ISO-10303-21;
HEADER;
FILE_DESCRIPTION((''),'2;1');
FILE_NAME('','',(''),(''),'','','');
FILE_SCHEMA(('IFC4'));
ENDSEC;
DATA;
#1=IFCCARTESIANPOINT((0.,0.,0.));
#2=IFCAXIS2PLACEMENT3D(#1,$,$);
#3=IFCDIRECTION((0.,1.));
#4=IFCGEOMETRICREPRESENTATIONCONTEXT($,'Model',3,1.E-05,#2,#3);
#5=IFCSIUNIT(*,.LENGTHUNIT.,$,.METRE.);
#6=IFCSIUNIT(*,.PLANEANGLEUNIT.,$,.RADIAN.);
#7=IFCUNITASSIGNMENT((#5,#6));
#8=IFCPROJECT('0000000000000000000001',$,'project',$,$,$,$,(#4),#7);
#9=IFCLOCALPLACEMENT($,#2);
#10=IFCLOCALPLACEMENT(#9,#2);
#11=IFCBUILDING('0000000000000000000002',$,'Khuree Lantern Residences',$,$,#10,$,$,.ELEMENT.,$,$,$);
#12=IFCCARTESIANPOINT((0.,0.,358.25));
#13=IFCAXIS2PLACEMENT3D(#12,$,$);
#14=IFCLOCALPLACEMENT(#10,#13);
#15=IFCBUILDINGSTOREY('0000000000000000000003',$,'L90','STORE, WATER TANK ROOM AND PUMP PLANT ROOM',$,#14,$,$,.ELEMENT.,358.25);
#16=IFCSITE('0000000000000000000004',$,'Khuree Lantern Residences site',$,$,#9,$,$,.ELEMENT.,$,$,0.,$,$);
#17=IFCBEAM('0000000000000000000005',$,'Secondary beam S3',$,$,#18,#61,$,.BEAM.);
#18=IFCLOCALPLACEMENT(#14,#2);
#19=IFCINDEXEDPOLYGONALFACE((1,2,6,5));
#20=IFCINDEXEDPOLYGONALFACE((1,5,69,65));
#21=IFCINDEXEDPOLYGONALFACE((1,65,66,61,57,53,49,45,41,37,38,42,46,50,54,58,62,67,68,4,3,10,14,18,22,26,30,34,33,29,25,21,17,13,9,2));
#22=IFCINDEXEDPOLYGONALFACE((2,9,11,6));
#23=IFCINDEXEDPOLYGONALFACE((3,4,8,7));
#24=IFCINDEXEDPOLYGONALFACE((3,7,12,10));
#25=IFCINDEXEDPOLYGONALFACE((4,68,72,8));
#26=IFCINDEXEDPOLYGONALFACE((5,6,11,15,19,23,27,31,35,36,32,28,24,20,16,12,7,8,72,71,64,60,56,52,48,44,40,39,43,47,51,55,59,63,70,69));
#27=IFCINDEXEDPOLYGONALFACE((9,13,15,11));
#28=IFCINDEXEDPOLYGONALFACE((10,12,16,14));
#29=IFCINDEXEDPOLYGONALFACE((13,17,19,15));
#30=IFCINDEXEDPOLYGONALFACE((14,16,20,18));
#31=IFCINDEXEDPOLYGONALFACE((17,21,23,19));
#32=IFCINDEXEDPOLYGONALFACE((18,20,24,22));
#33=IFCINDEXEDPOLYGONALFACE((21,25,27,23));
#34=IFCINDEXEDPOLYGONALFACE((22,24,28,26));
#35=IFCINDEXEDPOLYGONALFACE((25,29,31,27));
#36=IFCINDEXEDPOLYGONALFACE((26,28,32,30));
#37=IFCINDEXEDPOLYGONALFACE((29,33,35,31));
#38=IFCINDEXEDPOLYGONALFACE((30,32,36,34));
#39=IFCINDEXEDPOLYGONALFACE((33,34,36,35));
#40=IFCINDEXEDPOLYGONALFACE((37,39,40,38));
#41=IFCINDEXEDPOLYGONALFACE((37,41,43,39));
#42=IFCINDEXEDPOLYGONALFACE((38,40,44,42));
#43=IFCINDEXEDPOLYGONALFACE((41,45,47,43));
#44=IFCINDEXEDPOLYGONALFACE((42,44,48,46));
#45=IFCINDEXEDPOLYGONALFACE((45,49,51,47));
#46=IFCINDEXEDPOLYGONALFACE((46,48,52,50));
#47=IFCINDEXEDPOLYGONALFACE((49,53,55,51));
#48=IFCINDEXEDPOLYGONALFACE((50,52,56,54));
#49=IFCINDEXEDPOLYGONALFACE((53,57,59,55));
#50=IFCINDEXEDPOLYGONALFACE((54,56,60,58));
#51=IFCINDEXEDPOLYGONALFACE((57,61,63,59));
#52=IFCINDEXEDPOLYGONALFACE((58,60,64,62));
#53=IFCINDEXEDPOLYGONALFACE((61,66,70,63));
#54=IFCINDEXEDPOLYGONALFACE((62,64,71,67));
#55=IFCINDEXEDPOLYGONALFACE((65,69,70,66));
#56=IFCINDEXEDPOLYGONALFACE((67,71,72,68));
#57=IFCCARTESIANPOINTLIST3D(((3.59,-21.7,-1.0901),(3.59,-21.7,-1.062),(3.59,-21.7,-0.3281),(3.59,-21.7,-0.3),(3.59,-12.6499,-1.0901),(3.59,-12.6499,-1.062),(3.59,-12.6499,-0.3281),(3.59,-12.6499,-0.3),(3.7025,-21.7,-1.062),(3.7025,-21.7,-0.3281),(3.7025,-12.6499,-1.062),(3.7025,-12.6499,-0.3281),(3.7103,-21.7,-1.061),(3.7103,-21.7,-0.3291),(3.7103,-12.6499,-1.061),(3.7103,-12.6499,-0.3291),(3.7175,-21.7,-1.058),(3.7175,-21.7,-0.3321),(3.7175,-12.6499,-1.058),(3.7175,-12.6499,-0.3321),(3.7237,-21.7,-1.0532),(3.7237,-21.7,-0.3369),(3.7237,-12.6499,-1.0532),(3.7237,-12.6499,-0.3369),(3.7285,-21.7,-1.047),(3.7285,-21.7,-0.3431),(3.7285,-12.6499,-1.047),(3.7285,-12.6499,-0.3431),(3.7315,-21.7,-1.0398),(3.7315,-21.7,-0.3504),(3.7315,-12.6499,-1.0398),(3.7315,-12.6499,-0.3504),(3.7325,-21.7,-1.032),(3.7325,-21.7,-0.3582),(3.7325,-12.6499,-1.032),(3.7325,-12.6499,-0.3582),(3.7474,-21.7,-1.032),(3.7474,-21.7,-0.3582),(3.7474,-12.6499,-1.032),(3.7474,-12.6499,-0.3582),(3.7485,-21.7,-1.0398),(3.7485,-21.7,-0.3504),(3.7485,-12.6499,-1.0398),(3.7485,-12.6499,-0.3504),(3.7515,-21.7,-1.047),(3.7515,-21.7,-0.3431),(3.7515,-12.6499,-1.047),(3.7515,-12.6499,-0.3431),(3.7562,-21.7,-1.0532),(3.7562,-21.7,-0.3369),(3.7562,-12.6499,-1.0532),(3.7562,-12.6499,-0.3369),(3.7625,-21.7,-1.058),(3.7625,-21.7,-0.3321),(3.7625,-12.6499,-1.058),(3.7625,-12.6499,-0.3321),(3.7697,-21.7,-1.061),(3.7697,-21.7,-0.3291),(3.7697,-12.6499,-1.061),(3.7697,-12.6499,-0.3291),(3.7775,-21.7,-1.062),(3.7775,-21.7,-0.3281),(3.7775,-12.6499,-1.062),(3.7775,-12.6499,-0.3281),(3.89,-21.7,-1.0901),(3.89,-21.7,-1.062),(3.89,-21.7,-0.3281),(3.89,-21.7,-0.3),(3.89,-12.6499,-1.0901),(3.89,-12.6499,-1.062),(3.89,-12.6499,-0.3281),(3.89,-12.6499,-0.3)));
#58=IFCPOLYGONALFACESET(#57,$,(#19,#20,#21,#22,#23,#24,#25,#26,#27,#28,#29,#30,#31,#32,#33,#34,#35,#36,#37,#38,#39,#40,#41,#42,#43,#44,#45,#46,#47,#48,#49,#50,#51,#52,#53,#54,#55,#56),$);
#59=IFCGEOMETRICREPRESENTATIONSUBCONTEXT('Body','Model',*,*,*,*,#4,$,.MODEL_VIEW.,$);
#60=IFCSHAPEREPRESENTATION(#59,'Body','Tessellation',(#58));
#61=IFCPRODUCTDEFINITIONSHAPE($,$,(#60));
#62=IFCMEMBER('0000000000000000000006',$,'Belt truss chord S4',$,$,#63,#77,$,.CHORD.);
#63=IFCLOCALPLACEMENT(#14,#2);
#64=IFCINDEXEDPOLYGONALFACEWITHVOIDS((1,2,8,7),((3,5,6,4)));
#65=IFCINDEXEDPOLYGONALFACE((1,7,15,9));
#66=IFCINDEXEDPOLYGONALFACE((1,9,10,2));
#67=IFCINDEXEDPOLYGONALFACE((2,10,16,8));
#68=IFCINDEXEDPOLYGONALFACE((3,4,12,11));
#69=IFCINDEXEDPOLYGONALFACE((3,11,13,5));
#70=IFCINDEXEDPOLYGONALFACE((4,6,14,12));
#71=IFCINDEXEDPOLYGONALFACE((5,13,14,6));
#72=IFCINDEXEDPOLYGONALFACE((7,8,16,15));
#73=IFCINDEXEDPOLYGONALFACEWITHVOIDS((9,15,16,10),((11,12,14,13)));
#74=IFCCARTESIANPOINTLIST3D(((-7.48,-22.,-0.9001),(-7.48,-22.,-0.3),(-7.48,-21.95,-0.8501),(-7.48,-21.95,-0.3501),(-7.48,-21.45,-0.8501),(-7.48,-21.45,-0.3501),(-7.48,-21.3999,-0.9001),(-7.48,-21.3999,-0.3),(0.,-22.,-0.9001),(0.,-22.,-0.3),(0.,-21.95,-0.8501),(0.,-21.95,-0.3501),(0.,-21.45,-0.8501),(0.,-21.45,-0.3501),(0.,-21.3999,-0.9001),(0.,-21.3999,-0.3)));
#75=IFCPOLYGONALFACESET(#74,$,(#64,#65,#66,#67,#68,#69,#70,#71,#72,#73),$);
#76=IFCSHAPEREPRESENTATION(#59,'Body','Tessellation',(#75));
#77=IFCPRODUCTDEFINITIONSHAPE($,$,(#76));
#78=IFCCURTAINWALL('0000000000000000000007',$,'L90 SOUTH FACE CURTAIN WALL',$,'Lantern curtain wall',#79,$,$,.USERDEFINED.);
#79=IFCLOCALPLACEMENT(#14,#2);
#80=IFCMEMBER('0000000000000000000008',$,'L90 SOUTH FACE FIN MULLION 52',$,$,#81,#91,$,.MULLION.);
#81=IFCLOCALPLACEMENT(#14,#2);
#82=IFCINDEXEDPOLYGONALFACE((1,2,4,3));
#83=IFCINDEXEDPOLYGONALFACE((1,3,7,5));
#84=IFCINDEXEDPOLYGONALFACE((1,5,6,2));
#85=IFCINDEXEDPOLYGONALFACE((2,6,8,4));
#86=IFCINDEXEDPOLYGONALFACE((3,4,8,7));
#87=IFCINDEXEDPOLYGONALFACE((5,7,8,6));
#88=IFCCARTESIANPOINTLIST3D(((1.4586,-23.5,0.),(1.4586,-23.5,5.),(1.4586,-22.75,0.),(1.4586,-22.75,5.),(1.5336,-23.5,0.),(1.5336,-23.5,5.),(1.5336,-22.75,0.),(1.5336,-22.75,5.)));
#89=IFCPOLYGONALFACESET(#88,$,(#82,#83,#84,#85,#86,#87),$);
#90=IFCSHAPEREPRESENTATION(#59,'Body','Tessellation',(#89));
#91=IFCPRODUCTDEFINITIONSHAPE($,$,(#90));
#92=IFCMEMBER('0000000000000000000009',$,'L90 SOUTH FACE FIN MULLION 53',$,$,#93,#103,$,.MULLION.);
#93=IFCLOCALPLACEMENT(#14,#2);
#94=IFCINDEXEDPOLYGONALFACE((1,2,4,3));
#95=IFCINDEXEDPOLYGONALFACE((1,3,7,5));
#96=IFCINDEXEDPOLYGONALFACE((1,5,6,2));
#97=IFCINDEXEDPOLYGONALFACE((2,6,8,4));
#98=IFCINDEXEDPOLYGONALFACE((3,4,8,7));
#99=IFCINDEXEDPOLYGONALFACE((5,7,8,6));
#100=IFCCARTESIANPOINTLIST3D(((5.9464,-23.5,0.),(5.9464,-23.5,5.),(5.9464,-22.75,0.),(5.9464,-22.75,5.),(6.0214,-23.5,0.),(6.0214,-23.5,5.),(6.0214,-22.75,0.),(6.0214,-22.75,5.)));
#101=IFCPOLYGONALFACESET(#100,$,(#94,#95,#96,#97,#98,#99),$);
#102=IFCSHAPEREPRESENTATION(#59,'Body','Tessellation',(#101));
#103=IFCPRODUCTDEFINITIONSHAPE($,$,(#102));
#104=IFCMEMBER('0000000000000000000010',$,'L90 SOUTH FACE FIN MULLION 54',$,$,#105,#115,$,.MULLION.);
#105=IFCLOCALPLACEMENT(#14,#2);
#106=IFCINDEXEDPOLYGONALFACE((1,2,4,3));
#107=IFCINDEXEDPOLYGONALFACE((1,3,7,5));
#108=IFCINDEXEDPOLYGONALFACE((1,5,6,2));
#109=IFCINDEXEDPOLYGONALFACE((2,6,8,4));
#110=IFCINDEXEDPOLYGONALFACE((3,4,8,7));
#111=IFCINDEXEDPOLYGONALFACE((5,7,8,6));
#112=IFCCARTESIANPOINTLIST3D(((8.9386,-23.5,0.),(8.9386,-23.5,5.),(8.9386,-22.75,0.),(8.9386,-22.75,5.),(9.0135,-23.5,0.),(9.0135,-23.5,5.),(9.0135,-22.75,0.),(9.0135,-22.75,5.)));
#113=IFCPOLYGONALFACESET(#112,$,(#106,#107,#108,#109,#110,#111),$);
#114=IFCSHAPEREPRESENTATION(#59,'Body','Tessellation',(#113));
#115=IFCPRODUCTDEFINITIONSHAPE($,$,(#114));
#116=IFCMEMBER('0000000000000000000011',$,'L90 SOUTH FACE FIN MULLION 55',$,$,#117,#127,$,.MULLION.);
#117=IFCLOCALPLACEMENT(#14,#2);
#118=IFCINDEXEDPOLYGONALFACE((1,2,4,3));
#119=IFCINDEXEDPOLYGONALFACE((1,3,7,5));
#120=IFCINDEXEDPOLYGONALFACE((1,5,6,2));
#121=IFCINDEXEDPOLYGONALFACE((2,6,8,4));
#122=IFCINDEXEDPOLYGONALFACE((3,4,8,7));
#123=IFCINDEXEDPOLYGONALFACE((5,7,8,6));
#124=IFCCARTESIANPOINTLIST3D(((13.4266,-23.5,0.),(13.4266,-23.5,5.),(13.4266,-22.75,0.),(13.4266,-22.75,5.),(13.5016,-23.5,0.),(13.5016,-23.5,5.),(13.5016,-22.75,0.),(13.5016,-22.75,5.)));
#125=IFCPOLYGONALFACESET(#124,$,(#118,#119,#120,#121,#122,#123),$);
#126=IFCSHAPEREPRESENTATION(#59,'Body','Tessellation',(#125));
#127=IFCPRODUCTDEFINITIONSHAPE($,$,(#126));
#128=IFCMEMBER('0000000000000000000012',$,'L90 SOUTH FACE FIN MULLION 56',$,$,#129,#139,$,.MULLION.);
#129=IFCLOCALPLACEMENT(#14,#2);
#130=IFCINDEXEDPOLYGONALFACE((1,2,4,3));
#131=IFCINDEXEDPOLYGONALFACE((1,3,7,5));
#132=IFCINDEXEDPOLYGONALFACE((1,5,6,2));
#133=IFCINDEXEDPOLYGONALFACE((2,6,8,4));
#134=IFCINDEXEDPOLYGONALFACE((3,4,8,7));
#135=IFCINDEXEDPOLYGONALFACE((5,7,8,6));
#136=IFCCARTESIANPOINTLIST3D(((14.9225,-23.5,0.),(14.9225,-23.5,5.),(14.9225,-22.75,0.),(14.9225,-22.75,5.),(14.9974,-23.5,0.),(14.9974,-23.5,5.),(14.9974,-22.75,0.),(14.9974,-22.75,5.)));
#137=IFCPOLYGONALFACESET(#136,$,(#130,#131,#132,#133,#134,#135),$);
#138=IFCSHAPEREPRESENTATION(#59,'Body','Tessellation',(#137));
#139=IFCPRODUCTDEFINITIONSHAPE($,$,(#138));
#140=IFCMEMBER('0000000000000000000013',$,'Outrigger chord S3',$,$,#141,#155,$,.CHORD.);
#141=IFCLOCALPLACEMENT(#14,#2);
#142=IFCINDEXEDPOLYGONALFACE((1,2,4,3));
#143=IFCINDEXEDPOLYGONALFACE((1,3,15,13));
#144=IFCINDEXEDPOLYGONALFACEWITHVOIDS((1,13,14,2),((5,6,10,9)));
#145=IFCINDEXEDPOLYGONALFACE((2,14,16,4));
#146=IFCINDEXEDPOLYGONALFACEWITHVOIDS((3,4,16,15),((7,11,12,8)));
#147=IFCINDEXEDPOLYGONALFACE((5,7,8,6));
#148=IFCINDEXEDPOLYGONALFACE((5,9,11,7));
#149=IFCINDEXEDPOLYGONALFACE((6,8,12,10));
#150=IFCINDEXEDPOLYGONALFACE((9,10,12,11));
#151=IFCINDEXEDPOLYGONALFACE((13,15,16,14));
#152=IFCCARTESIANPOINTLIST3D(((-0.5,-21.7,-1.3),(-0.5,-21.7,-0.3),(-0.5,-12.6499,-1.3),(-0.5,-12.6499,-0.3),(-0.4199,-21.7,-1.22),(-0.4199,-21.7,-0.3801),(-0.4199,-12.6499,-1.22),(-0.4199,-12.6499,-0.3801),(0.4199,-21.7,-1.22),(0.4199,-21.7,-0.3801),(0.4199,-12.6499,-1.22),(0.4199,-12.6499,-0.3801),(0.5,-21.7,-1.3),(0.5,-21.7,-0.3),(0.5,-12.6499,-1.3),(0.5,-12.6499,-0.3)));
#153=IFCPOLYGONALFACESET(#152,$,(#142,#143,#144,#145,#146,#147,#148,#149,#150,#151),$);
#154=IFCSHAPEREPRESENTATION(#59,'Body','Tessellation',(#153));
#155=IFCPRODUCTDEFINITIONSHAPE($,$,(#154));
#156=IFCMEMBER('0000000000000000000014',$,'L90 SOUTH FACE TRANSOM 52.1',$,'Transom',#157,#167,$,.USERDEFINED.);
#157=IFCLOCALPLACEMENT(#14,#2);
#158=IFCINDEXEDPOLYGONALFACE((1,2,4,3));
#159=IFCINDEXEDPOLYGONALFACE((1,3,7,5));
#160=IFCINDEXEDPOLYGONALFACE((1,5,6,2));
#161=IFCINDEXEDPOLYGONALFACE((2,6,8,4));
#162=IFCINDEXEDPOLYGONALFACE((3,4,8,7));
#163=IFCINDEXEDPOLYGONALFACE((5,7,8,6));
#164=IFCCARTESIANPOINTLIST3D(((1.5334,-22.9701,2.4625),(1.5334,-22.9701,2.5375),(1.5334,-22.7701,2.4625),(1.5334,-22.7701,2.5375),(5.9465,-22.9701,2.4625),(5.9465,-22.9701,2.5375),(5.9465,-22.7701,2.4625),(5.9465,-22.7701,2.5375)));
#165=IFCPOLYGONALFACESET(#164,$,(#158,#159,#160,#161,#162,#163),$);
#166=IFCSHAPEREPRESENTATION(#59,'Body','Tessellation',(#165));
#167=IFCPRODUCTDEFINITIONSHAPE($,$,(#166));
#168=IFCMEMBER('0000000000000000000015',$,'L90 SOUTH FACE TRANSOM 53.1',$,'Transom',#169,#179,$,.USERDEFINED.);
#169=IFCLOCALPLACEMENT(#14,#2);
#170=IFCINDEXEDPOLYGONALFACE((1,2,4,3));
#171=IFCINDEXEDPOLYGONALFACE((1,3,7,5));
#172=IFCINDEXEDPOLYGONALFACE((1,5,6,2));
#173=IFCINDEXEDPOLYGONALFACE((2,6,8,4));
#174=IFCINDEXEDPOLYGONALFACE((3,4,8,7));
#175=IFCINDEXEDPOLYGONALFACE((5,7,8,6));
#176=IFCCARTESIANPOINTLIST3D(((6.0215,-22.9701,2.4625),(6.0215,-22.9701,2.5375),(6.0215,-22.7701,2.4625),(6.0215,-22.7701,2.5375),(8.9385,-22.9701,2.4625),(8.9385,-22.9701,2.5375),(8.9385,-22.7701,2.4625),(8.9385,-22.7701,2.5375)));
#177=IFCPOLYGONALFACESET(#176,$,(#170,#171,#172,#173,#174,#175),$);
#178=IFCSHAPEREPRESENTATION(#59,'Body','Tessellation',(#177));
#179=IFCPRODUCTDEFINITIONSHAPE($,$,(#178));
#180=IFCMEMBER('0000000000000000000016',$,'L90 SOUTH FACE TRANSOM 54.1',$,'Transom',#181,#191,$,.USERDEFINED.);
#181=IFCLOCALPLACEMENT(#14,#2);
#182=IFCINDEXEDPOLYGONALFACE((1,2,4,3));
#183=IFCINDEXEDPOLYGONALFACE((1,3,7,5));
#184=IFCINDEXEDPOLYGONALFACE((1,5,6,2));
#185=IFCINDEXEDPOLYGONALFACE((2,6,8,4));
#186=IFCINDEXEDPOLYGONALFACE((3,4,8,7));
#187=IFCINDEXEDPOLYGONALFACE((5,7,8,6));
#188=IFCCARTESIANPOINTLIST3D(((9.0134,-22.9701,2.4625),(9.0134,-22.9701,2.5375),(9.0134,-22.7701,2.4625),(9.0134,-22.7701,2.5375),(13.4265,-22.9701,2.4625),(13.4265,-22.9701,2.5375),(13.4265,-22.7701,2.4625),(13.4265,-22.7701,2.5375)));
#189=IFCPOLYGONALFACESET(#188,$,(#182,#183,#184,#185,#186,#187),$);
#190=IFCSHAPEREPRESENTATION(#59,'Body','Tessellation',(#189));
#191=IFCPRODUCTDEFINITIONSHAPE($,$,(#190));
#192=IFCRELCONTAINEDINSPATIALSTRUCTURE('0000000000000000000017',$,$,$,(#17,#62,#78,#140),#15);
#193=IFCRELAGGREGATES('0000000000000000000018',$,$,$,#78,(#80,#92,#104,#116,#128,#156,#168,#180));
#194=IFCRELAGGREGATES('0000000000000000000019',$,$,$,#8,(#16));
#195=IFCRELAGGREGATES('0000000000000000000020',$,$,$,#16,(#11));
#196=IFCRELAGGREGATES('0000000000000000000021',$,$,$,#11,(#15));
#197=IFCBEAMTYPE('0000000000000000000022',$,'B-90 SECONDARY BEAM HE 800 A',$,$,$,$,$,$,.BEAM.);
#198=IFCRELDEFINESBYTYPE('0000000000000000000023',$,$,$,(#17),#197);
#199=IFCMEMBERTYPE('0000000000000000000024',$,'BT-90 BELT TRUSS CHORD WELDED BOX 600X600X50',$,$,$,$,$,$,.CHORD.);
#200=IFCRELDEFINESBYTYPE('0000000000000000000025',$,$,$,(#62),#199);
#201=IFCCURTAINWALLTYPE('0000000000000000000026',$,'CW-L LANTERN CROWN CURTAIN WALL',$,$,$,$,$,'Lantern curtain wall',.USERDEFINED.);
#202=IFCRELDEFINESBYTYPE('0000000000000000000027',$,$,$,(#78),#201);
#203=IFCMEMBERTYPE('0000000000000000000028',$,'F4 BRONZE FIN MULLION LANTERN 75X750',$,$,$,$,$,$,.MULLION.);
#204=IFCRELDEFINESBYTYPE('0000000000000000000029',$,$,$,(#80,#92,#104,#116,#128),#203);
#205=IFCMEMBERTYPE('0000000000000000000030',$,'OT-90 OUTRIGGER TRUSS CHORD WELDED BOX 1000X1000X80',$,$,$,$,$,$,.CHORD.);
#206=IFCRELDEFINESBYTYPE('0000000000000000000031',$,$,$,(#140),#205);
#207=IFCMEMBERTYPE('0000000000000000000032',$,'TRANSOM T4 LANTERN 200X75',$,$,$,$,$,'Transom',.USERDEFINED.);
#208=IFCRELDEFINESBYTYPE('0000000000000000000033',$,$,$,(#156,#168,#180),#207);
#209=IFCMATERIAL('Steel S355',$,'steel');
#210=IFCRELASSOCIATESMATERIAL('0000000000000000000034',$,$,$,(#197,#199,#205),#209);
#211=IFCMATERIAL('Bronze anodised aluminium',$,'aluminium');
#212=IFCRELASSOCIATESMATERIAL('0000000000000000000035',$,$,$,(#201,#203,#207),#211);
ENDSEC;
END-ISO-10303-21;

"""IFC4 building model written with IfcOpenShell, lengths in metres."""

from ifc_helpers import new_model, si_unit, direction, frame, origin, origin_2d, place, context, subcontext, project, spatial, rectangle, hollow_rectangle, i_section, extrude, material, material_profile, profile_set, type_object, element, aggregate, save


model = new_model("IFC4")

# Units and contexts
model_context = context("Model", 3, precision=1e-05, world=origin(), true_north=direction((0.0, 1.0)))
body_context = subcontext(model_context, "Body", "Model", "MODEL_VIEW")
ifc_project = project(units=[si_unit("LENGTHUNIT", "METRE"), si_unit("PLANEANGLEUNIT", "RADIAN")], contexts=[model_context])

# Site, building, storey
site_placement = place(None, origin())
site = spatial("IfcSite", under=ifc_project, at=site_placement, Name="Khuree Lantern Residences site", CompositionType="ELEMENT", RefElevation=0.0)
building_placement = place(site_placement, origin())
building = spatial("IfcBuilding", under=site, at=building_placement, Name="Khuree Lantern Residences", CompositionType="ELEMENT")
storey_placement = place(building_placement, frame((0.0, 0.0, 358.25)))
storey = spatial("IfcBuildingStorey", under=building, at=storey_placement, Name="L90", Description="STORE, WATER TANK ROOM AND PUMP PLANT ROOM", CompositionType="ELEMENT", Elevation=358.25)

# Beam
ifc_material_1 = material(Name="Steel S355", Category="steel")
ifc_material_profile_1 = material_profile(ifc_material_1, i_section(OverallWidth=0.3, OverallDepth=0.79, WebThickness=0.0149, FlangeThickness=0.0281, FilletRadius=0.03, at=origin_2d()), Name="HE 800 A")
ifc_profile_set_1 = profile_set([ifc_material_profile_1], Name="Steel S355")
beam_type = type_object("IfcBeamType", Name="B-90 SECONDARY BEAM HE 800 A", PredefinedType="BEAM", material=ifc_profile_set_1)
beam_placement = place(storey_placement, frame((3.74, -21.7, -0.6951), z_axis=(0.0, 1.0, 0.0), x_axis=(-1.0, 0.0, 0.0)))
element("IfcBeam", 1, at=beam_placement, inside=storey, type_object=beam_type, Name="Secondary beam S3", PredefinedType="BEAM", context=body_context, shape_type="SweptSolid", body=[
    extrude(i_section(OverallWidth=0.3, OverallDepth=0.79, WebThickness=0.0149, FlangeThickness=0.0281, FilletRadius=0.03, at=origin_2d()), origin(), (0.0, 0.0, 1.0), 9.05),
])

# Member
ifc_material_profile_2 = material_profile(ifc_material_1, hollow_rectangle(XDim=0.6001, YDim=0.6001, WallThickness=0.05, at=origin_2d()), Name="WELDED BOX 600X600X50")
ifc_profile_set_2 = profile_set([ifc_material_profile_2], Name="Steel S355")
member_type_1 = type_object("IfcMemberType", Name="BT-90 BELT TRUSS CHORD WELDED BOX 600X600X50", PredefinedType="CHORD", material=ifc_profile_set_2)
member_1_placement = place(storey_placement, frame((0.0, -21.7, -0.6001), z_axis=(-1.0, 0.0, 0.0), x_axis=(0.0, -1.0, 0.0)))
element("IfcMember", 2, at=member_1_placement, inside=storey, type_object=member_type_1, Name="Belt truss chord S4", PredefinedType="CHORD", context=body_context, shape_type="SweptSolid", body=[
    extrude(hollow_rectangle(XDim=0.6001, YDim=0.6001, WallThickness=0.05, at=origin_2d()), origin(), (0.0, 0.0, 1.0), 7.48),
])

# Curtain wall, members
ifc_material_2 = material(Name="Bronze anodised aluminium", Category="aluminium")
curtain_wall_type = type_object("IfcCurtainWallType", Name="CW-L LANTERN CROWN CURTAIN WALL", ElementType="Lantern curtain wall", PredefinedType="USERDEFINED", material=ifc_material_2)
curtain_wall_placement = place(storey_placement, origin())
curtain_wall = element("IfcCurtainWall", 3, at=curtain_wall_placement, inside=storey, type_object=curtain_wall_type, Name="L90 SOUTH FACE CURTAIN WALL", ObjectType="Lantern curtain wall", PredefinedType="USERDEFINED")
ifc_material_profile_3 = material_profile(ifc_material_2, rectangle(XDim=0.075, YDim=0.75, at=origin_2d()), Name="F4 75X750")
ifc_profile_set_3 = profile_set([ifc_material_profile_3], Name="Bronze anodised aluminium")
member_type_2 = type_object("IfcMemberType", Name="F4 BRONZE FIN MULLION LANTERN 75X750", PredefinedType="MULLION", material=ifc_profile_set_3)
member_2_placement = place(storey_placement, frame((1.4961, -23.125, 0.0), z_axis=(0.0, 0.0, 1.0), x_axis=(1.0, 0.0, 0.0)))
member_2 = element("IfcMember", 4, at=member_2_placement, type_object=member_type_2, Name="L90 SOUTH FACE FIN MULLION 52", PredefinedType="MULLION", context=body_context, shape_type="SweptSolid", body=[
    extrude(rectangle(XDim=0.075, YDim=0.75, at=origin_2d()), origin(), (0.0, 0.0, 1.0), 5.0),
])
member_3_placement = place(storey_placement, frame((5.9839, -23.125, 0.0), z_axis=(0.0, 0.0, 1.0), x_axis=(1.0, 0.0, 0.0)))
member_3 = element("IfcMember", 5, at=member_3_placement, type_object=member_type_2, Name="L90 SOUTH FACE FIN MULLION 53", PredefinedType="MULLION", context=body_context, shape_type="SweptSolid", body=[
    extrude(rectangle(XDim=0.075, YDim=0.75, at=origin_2d()), origin(), (0.0, 0.0, 1.0), 5.0),
])
member_4_placement = place(storey_placement, frame((8.9761, -23.125, 0.0), z_axis=(0.0, 0.0, 1.0), x_axis=(1.0, 0.0, 0.0)))
member_4 = element("IfcMember", 6, at=member_4_placement, type_object=member_type_2, Name="L90 SOUTH FACE FIN MULLION 54", PredefinedType="MULLION", context=body_context, shape_type="SweptSolid", body=[
    extrude(rectangle(XDim=0.075, YDim=0.75, at=origin_2d()), origin(), (0.0, 0.0, 1.0), 5.0),
])
member_5_placement = place(storey_placement, frame((13.4641, -23.125, 0.0), z_axis=(0.0, 0.0, 1.0), x_axis=(1.0, 0.0, 0.0)))
member_5 = element("IfcMember", 7, at=member_5_placement, type_object=member_type_2, Name="L90 SOUTH FACE FIN MULLION 55", PredefinedType="MULLION", context=body_context, shape_type="SweptSolid", body=[
    extrude(rectangle(XDim=0.075, YDim=0.75, at=origin_2d()), origin(), (0.0, 0.0, 1.0), 5.0),
])
member_6_placement = place(storey_placement, frame((14.96, -23.125, 0.0), z_axis=(0.0, 0.0, 1.0), x_axis=(1.0, 0.0, 0.0)))
member_6 = element("IfcMember", 8, at=member_6_placement, type_object=member_type_2, Name="L90 SOUTH FACE FIN MULLION 56", PredefinedType="MULLION", context=body_context, shape_type="SweptSolid", body=[
    extrude(rectangle(XDim=0.075, YDim=0.75, at=origin_2d()), origin(), (0.0, 0.0, 1.0), 5.0),
])

# Members
ifc_material_profile_4 = material_profile(ifc_material_1, hollow_rectangle(XDim=1.0, YDim=1.0, WallThickness=0.0801, at=origin_2d()), Name="WELDED BOX 1000X1000X80")
ifc_profile_set_4 = profile_set([ifc_material_profile_4], Name="Steel S355")
member_type_3 = type_object("IfcMemberType", Name="OT-90 OUTRIGGER TRUSS CHORD WELDED BOX 1000X1000X80", PredefinedType="CHORD", material=ifc_profile_set_4)
member_7_placement = place(storey_placement, frame((0.0, -21.7, -0.8), z_axis=(0.0, 1.0, 0.0), x_axis=(-1.0, 0.0, 0.0)))
element("IfcMember", 9, at=member_7_placement, inside=storey, type_object=member_type_3, Name="Outrigger chord S3", PredefinedType="CHORD", context=body_context, shape_type="SweptSolid", body=[
    extrude(hollow_rectangle(XDim=1.0, YDim=1.0, WallThickness=0.0801, at=origin_2d()), origin(), (0.0, 0.0, 1.0), 9.05),
])
ifc_material_profile_5 = material_profile(ifc_material_2, rectangle(XDim=0.2, YDim=0.075, at=origin_2d()), Name="T4 200X75")
ifc_profile_set_5 = profile_set([ifc_material_profile_5], Name="Bronze anodised aluminium")
member_type_4 = type_object("IfcMemberType", Name="TRANSOM T4 LANTERN 200X75", ElementType="Transom", PredefinedType="USERDEFINED", material=ifc_profile_set_5)
member_8_placement = place(storey_placement, frame((1.5334, -22.8701, 2.5), z_axis=(1.0, 0.0, 0.0), x_axis=(0.0, 1.0, 0.0)))
member_8 = element("IfcMember", 10, at=member_8_placement, type_object=member_type_4, Name="L90 SOUTH FACE TRANSOM 52.1", ObjectType="Transom", PredefinedType="USERDEFINED", context=body_context, shape_type="SweptSolid", body=[
    extrude(rectangle(XDim=0.2, YDim=0.075, at=origin_2d()), origin(), (0.0, 0.0, 1.0), 4.4131),
])
member_9_placement = place(storey_placement, frame((6.0215, -22.8701, 2.5), z_axis=(1.0, 0.0, 0.0), x_axis=(0.0, 1.0, 0.0)))
member_9 = element("IfcMember", 11, at=member_9_placement, type_object=member_type_4, Name="L90 SOUTH FACE TRANSOM 53.1", ObjectType="Transom", PredefinedType="USERDEFINED", context=body_context, shape_type="SweptSolid", body=[
    extrude(rectangle(XDim=0.2, YDim=0.075, at=origin_2d()), origin(), (0.0, 0.0, 1.0), 2.917),
])
member_10_placement = place(storey_placement, frame((9.0134, -22.8701, 2.5), z_axis=(1.0, 0.0, 0.0), x_axis=(0.0, 1.0, 0.0)))
member_10 = element("IfcMember", 12, at=member_10_placement, type_object=member_type_4, Name="L90 SOUTH FACE TRANSOM 54.1", ObjectType="Transom", PredefinedType="USERDEFINED", context=body_context, shape_type="SweptSolid", body=[
    extrude(rectangle(XDim=0.2, YDim=0.075, at=origin_2d()), origin(), (0.0, 0.0, 1.0), 4.4131),
])

aggregate(curtain_wall, [member_2, member_3, member_4, member_5, member_6, member_8, member_9, member_10])

save(model, "model.ifc")
